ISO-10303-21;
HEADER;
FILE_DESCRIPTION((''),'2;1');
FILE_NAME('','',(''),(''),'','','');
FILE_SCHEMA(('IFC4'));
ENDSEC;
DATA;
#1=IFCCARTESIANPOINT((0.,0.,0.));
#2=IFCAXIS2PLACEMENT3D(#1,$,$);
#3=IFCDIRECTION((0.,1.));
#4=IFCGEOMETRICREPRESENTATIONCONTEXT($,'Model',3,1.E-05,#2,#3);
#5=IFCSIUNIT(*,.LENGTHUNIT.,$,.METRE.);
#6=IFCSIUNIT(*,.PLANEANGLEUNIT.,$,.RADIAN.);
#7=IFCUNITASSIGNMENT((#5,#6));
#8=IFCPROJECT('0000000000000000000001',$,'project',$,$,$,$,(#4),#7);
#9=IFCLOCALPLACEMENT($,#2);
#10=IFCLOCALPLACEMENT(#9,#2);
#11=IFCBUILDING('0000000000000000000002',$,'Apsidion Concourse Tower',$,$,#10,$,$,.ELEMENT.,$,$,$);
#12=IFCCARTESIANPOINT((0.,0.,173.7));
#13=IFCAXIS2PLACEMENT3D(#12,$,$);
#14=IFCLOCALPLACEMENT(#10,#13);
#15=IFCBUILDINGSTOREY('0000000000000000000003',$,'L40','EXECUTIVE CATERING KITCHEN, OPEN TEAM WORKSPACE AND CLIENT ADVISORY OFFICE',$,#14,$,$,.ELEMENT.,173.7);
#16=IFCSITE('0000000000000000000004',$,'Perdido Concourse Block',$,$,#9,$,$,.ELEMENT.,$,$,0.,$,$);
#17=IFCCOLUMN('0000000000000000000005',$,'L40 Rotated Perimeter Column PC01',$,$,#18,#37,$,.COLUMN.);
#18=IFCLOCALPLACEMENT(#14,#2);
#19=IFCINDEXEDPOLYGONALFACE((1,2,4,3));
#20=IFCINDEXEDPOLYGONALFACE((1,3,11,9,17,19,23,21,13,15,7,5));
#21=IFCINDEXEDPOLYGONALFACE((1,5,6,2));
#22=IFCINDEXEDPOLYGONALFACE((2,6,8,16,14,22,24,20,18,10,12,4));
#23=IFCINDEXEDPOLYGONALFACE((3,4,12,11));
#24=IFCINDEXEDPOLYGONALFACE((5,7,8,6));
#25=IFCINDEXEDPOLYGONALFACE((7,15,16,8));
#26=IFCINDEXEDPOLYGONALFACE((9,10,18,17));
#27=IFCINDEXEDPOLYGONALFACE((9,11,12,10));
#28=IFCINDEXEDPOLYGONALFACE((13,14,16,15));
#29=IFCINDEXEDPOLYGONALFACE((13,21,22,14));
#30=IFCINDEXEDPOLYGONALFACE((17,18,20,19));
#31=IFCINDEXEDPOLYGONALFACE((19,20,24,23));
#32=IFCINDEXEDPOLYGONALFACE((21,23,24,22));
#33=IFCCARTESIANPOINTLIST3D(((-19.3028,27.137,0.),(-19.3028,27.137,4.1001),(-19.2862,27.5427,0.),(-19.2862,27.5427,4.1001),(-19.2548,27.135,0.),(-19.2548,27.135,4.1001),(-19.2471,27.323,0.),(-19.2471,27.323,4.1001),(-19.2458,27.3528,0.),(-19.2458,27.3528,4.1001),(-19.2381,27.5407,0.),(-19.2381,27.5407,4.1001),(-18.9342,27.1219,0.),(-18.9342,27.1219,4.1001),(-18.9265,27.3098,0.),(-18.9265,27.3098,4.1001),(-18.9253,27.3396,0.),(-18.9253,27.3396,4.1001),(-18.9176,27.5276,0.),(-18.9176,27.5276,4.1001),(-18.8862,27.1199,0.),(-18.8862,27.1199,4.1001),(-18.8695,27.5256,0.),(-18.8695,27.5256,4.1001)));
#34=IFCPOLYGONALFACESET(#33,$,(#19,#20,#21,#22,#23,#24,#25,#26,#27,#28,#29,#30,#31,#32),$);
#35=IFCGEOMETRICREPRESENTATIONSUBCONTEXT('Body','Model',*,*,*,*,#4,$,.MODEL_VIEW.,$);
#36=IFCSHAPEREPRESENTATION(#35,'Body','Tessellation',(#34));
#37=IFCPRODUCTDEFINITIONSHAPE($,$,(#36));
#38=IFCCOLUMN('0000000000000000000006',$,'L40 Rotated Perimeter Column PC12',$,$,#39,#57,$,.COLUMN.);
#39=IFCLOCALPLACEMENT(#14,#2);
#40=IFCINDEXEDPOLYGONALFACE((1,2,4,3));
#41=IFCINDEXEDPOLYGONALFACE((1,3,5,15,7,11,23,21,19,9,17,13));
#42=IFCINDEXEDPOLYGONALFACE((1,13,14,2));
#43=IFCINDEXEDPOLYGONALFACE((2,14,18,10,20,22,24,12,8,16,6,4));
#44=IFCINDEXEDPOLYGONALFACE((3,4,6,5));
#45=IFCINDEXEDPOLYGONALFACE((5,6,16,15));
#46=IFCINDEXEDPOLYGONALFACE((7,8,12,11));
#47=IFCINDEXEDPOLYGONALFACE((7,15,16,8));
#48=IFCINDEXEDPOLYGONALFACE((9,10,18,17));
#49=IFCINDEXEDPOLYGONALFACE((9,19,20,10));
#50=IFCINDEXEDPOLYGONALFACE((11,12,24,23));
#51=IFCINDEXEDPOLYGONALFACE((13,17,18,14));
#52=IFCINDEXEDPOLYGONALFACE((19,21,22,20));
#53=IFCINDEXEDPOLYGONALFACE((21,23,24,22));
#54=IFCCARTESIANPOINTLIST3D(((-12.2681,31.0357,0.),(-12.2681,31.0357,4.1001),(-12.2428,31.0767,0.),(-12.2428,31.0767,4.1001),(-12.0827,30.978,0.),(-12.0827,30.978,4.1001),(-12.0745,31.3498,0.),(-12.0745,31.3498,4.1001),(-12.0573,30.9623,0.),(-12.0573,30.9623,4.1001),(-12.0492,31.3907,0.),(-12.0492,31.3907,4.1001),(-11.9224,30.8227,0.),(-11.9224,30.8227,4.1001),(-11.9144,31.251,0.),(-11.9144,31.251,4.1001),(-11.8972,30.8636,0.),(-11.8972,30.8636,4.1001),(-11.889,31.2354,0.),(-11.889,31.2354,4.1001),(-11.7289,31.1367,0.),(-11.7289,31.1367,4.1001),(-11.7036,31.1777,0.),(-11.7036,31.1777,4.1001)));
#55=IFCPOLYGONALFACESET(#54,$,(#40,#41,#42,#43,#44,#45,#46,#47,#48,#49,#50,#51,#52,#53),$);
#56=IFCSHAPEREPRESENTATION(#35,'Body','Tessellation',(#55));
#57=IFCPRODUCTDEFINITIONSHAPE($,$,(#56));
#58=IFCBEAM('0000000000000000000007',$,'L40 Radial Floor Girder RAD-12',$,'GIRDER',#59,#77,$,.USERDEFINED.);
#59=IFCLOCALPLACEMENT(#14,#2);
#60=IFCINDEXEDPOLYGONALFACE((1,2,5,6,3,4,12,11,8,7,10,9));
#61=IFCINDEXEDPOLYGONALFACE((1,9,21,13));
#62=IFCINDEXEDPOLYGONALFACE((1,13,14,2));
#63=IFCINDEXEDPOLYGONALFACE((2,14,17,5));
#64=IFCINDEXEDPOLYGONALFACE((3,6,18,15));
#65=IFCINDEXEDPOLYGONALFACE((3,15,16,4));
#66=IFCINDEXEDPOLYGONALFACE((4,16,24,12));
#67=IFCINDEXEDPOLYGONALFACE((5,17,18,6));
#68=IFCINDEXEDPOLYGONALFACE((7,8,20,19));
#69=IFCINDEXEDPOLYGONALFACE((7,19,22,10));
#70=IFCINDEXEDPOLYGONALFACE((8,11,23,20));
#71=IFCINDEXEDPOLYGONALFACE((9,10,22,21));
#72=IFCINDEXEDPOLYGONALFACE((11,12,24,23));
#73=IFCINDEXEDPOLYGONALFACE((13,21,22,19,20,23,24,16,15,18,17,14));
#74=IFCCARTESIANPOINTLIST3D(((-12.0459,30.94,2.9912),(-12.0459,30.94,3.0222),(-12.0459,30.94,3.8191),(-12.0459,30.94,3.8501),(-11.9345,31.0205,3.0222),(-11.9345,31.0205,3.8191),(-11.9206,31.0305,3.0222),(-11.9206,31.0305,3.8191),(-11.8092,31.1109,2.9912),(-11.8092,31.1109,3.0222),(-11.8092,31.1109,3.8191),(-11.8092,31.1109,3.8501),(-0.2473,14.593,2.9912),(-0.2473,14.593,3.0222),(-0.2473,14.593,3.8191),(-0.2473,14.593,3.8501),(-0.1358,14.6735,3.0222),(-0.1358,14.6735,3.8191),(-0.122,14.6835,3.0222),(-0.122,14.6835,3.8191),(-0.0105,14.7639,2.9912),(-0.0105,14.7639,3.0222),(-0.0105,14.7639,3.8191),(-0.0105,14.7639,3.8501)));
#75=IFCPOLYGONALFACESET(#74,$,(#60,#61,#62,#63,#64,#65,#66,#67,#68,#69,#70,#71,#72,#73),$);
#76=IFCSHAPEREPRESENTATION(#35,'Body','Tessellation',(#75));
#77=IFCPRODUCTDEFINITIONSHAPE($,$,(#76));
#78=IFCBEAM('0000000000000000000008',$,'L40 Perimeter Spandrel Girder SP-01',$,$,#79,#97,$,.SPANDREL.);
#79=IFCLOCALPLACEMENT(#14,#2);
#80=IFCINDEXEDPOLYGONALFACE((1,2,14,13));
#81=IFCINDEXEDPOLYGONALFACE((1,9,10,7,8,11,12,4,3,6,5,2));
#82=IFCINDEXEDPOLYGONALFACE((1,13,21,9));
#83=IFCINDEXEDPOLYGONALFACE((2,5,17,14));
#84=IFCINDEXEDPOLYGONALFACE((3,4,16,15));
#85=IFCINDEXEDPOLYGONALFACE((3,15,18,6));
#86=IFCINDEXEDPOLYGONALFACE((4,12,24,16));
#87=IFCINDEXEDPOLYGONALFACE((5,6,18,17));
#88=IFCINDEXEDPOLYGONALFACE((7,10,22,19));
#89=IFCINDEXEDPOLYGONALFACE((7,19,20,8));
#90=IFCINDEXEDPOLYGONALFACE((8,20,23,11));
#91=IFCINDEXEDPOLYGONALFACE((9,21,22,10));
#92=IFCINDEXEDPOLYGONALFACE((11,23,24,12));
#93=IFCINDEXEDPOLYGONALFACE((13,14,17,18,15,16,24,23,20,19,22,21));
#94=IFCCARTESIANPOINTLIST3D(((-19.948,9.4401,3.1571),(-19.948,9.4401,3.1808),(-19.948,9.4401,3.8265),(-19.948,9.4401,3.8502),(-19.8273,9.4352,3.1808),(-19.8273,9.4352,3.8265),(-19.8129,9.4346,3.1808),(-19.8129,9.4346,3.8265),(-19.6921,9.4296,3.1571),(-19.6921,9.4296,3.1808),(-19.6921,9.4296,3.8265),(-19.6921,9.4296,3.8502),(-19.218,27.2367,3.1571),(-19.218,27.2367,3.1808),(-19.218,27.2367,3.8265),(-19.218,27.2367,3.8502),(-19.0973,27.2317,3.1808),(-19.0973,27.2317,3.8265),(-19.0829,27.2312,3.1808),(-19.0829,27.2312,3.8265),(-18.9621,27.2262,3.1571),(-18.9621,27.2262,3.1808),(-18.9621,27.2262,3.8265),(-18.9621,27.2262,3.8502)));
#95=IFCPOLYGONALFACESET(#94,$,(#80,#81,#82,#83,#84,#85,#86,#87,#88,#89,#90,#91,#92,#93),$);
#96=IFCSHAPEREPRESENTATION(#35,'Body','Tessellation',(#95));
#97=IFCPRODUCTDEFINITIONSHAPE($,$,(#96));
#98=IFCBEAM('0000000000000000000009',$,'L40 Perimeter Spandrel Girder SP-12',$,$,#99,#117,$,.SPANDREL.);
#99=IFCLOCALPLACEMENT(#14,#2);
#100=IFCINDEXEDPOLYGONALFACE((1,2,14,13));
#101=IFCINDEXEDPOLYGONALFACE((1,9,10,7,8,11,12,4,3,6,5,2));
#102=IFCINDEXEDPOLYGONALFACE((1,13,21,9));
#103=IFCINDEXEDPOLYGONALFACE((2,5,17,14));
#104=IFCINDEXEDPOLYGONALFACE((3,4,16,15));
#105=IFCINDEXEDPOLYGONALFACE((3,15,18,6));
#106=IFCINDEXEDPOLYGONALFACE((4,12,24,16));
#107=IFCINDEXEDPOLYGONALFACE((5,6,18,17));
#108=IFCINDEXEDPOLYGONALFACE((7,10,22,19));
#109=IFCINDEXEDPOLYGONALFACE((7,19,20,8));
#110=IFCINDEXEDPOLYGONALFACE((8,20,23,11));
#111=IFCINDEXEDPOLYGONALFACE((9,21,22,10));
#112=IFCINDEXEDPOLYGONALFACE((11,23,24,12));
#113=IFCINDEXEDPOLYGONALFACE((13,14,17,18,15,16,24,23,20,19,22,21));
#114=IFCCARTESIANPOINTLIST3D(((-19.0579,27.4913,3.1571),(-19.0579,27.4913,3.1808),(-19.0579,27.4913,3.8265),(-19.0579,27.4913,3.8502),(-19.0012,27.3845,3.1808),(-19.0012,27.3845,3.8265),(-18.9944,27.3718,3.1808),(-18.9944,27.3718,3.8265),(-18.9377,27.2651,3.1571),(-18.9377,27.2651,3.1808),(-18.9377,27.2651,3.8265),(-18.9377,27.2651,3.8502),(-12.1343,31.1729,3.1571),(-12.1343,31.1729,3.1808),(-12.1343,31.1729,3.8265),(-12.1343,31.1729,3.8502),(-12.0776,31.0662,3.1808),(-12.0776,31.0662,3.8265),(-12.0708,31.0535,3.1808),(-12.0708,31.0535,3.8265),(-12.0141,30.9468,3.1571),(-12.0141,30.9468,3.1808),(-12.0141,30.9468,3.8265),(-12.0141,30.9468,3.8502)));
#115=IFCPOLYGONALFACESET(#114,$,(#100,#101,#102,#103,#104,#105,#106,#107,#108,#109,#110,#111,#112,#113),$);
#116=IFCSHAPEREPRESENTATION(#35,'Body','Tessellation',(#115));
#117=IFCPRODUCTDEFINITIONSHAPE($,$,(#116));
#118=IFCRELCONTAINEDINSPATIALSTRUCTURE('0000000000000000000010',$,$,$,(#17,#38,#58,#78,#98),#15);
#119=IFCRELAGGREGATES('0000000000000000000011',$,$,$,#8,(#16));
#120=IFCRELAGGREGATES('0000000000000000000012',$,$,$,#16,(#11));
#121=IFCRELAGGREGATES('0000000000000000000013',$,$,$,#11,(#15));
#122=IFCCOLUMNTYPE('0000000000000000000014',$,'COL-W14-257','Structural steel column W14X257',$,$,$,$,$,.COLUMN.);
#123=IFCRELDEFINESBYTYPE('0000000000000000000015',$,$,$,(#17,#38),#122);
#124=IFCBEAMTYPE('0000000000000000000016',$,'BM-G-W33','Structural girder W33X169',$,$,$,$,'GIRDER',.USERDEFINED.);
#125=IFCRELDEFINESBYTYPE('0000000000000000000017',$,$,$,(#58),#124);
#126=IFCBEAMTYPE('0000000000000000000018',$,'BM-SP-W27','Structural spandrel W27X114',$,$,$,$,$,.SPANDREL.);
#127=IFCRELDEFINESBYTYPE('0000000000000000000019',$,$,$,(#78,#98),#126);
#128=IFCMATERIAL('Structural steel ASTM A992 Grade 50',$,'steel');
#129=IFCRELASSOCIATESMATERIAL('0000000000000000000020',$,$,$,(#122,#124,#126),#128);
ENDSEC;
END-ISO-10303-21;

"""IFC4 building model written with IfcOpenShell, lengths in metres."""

from ifc_helpers import new_model, si_unit, direction, frame, origin, origin_2d, place, context, subcontext, project, spatial, i_section, extrude, material, material_profile, profile_set, type_object, element, save


model = new_model("IFC4")

# Units and contexts
model_context = context("Model", 3, precision=1e-05, world=origin(), true_north=direction((0.0, 1.0)))
body_context = subcontext(model_context, "Body", "Model", "MODEL_VIEW")
ifc_project = project(units=[si_unit("LENGTHUNIT", "METRE"), si_unit("PLANEANGLEUNIT", "RADIAN")], contexts=[model_context])

# Site, building, storey
site_placement = place(None, origin())
site = spatial("IfcSite", under=ifc_project, at=site_placement, Name="Perdido Concourse Block", CompositionType="ELEMENT", RefElevation=0.0)
building_placement = place(site_placement, origin())
building = spatial("IfcBuilding", under=site, at=building_placement, Name="Apsidion Concourse Tower", CompositionType="ELEMENT")
storey_placement = place(building_placement, frame((0.0, 0.0, 173.7)))
storey = spatial("IfcBuildingStorey", under=building, at=storey_placement, Name="L40", Description="EXECUTIVE CATERING KITCHEN, OPEN TEAM WORKSPACE AND CLIENT ADVISORY OFFICE", CompositionType="ELEMENT", Elevation=173.7)

# Columns
ifc_material_1 = material(Name="Structural steel ASTM A992 Grade 50", Category="steel")
ifc_material_profile_1 = material_profile(ifc_material_1, i_section(OverallWidth=0.406, OverallDepth=0.417, WebThickness=0.0298, FlangeThickness=0.0481, at=origin_2d()), Name="W14X257")
ifc_profile_set_1 = profile_set([ifc_material_profile_1], Name="Structural steel ASTM A992 Grade 50")
column_type = type_object("IfcColumnType", Name="COL-W14-257", Description="Structural steel column W14X257", PredefinedType="COLUMN", material=ifc_profile_set_1)
for number, where, z_axis, x_axis, name in (
    (1, (-19.0862, 27.3313, 0.0), (0.0, 0.0, 1.0), (0.041004, 0.999159, 0.0), "L40 Rotated Perimeter Column PC01"),
    (2, (-11.9858, 31.1067, 0.0), (0.0, 0.0, 1.0), (-0.851269, 0.524729, 0.0), "L40 Rotated Perimeter Column PC12"),
):
    element("IfcColumn", number, at=place(storey_placement, frame(where, z_axis=z_axis, x_axis=x_axis)), inside=storey, type_object=column_type, Name=name, PredefinedType="COLUMN", context=body_context, shape_type="SweptSolid", body=[
        extrude(i_section(OverallWidth=0.406, OverallDepth=0.417, WebThickness=0.0298, FlangeThickness=0.0481, at=origin_2d()), origin(), (0.0, 0.0, 1.0), 4.1001),
    ])

# Beams
ifc_material_profile_2 = material_profile(ifc_material_1, i_section(OverallWidth=0.292, OverallDepth=0.8589, WebThickness=0.0171, FlangeThickness=0.031, at=origin_2d()), Name="W33X169")
ifc_profile_set_2 = profile_set([ifc_material_profile_2], Name="Structural steel ASTM A992 Grade 50")
beam_type_1 = type_object("IfcBeamType", Name="BM-G-W33", Description="Structural girder W33X169", ElementType="GIRDER", PredefinedType="USERDEFINED", material=ifc_profile_set_2)
beam_1_placement = place(storey_placement, frame((-0.1289, 14.6785, 3.4207), z_axis=(-0.585245, 0.810856, 0.0), x_axis=(-0.810856, -0.585245, 0.0)))
element("IfcBeam", 3, at=beam_1_placement, inside=storey, type_object=beam_type_1, Name="L40 Radial Floor Girder RAD-12", ObjectType="GIRDER", PredefinedType="USERDEFINED", context=body_context, shape_type="SweptSolid", body=[
    extrude(i_section(OverallWidth=0.292, OverallDepth=0.8589, WebThickness=0.0171, FlangeThickness=0.031, at=origin_2d()), origin(), (0.0, 0.0, 1.0), 20.1602),
])
ifc_material_profile_3 = material_profile(ifc_material_1, i_section(OverallWidth=0.2561, OverallDepth=0.6931, WebThickness=0.0144, FlangeThickness=0.0237, at=origin_2d()), Name="W27X114")
ifc_profile_set_3 = profile_set([ifc_material_profile_3], Name="Structural steel ASTM A992 Grade 50")
beam_type_2 = type_object("IfcBeamType", Name="BM-SP-W27", Description="Structural spandrel W27X114", PredefinedType="SPANDREL", material=ifc_profile_set_3)
beam_2_placement = place(storey_placement, frame((-19.0901, 27.2314, 3.5037), z_axis=(-0.040983, -0.99916, 0.0), x_axis=(0.99916, -0.040983, 0.0)))
element("IfcBeam", 4, at=beam_2_placement, inside=storey, type_object=beam_type_2, Name="L40 Perimeter Spandrel Girder SP-01", PredefinedType="SPANDREL", context=body_context, shape_type="SweptSolid", body=[
    extrude(i_section(OverallWidth=0.2561, OverallDepth=0.6931, WebThickness=0.0144, FlangeThickness=0.0237, at=origin_2d()), origin(), (0.0, 0.0, 1.0), 17.8115),
])
beam_3_placement = place(storey_placement, frame((-12.0742, 31.0598, 3.5037), z_axis=(-0.882931, -0.469502, 0.0), x_axis=(0.469502, -0.882931, 0.0)))
element("IfcBeam", 5, at=beam_3_placement, inside=storey, type_object=beam_type_2, Name="L40 Perimeter Spandrel Girder SP-12", PredefinedType="SPANDREL", context=body_context, shape_type="SweptSolid", body=[
    extrude(i_section(OverallWidth=0.2561, OverallDepth=0.6931, WebThickness=0.0144, FlangeThickness=0.0237, at=origin_2d()), origin(), (0.0, 0.0, 1.0), 7.8416),
])

save(model, "model.ifc")
